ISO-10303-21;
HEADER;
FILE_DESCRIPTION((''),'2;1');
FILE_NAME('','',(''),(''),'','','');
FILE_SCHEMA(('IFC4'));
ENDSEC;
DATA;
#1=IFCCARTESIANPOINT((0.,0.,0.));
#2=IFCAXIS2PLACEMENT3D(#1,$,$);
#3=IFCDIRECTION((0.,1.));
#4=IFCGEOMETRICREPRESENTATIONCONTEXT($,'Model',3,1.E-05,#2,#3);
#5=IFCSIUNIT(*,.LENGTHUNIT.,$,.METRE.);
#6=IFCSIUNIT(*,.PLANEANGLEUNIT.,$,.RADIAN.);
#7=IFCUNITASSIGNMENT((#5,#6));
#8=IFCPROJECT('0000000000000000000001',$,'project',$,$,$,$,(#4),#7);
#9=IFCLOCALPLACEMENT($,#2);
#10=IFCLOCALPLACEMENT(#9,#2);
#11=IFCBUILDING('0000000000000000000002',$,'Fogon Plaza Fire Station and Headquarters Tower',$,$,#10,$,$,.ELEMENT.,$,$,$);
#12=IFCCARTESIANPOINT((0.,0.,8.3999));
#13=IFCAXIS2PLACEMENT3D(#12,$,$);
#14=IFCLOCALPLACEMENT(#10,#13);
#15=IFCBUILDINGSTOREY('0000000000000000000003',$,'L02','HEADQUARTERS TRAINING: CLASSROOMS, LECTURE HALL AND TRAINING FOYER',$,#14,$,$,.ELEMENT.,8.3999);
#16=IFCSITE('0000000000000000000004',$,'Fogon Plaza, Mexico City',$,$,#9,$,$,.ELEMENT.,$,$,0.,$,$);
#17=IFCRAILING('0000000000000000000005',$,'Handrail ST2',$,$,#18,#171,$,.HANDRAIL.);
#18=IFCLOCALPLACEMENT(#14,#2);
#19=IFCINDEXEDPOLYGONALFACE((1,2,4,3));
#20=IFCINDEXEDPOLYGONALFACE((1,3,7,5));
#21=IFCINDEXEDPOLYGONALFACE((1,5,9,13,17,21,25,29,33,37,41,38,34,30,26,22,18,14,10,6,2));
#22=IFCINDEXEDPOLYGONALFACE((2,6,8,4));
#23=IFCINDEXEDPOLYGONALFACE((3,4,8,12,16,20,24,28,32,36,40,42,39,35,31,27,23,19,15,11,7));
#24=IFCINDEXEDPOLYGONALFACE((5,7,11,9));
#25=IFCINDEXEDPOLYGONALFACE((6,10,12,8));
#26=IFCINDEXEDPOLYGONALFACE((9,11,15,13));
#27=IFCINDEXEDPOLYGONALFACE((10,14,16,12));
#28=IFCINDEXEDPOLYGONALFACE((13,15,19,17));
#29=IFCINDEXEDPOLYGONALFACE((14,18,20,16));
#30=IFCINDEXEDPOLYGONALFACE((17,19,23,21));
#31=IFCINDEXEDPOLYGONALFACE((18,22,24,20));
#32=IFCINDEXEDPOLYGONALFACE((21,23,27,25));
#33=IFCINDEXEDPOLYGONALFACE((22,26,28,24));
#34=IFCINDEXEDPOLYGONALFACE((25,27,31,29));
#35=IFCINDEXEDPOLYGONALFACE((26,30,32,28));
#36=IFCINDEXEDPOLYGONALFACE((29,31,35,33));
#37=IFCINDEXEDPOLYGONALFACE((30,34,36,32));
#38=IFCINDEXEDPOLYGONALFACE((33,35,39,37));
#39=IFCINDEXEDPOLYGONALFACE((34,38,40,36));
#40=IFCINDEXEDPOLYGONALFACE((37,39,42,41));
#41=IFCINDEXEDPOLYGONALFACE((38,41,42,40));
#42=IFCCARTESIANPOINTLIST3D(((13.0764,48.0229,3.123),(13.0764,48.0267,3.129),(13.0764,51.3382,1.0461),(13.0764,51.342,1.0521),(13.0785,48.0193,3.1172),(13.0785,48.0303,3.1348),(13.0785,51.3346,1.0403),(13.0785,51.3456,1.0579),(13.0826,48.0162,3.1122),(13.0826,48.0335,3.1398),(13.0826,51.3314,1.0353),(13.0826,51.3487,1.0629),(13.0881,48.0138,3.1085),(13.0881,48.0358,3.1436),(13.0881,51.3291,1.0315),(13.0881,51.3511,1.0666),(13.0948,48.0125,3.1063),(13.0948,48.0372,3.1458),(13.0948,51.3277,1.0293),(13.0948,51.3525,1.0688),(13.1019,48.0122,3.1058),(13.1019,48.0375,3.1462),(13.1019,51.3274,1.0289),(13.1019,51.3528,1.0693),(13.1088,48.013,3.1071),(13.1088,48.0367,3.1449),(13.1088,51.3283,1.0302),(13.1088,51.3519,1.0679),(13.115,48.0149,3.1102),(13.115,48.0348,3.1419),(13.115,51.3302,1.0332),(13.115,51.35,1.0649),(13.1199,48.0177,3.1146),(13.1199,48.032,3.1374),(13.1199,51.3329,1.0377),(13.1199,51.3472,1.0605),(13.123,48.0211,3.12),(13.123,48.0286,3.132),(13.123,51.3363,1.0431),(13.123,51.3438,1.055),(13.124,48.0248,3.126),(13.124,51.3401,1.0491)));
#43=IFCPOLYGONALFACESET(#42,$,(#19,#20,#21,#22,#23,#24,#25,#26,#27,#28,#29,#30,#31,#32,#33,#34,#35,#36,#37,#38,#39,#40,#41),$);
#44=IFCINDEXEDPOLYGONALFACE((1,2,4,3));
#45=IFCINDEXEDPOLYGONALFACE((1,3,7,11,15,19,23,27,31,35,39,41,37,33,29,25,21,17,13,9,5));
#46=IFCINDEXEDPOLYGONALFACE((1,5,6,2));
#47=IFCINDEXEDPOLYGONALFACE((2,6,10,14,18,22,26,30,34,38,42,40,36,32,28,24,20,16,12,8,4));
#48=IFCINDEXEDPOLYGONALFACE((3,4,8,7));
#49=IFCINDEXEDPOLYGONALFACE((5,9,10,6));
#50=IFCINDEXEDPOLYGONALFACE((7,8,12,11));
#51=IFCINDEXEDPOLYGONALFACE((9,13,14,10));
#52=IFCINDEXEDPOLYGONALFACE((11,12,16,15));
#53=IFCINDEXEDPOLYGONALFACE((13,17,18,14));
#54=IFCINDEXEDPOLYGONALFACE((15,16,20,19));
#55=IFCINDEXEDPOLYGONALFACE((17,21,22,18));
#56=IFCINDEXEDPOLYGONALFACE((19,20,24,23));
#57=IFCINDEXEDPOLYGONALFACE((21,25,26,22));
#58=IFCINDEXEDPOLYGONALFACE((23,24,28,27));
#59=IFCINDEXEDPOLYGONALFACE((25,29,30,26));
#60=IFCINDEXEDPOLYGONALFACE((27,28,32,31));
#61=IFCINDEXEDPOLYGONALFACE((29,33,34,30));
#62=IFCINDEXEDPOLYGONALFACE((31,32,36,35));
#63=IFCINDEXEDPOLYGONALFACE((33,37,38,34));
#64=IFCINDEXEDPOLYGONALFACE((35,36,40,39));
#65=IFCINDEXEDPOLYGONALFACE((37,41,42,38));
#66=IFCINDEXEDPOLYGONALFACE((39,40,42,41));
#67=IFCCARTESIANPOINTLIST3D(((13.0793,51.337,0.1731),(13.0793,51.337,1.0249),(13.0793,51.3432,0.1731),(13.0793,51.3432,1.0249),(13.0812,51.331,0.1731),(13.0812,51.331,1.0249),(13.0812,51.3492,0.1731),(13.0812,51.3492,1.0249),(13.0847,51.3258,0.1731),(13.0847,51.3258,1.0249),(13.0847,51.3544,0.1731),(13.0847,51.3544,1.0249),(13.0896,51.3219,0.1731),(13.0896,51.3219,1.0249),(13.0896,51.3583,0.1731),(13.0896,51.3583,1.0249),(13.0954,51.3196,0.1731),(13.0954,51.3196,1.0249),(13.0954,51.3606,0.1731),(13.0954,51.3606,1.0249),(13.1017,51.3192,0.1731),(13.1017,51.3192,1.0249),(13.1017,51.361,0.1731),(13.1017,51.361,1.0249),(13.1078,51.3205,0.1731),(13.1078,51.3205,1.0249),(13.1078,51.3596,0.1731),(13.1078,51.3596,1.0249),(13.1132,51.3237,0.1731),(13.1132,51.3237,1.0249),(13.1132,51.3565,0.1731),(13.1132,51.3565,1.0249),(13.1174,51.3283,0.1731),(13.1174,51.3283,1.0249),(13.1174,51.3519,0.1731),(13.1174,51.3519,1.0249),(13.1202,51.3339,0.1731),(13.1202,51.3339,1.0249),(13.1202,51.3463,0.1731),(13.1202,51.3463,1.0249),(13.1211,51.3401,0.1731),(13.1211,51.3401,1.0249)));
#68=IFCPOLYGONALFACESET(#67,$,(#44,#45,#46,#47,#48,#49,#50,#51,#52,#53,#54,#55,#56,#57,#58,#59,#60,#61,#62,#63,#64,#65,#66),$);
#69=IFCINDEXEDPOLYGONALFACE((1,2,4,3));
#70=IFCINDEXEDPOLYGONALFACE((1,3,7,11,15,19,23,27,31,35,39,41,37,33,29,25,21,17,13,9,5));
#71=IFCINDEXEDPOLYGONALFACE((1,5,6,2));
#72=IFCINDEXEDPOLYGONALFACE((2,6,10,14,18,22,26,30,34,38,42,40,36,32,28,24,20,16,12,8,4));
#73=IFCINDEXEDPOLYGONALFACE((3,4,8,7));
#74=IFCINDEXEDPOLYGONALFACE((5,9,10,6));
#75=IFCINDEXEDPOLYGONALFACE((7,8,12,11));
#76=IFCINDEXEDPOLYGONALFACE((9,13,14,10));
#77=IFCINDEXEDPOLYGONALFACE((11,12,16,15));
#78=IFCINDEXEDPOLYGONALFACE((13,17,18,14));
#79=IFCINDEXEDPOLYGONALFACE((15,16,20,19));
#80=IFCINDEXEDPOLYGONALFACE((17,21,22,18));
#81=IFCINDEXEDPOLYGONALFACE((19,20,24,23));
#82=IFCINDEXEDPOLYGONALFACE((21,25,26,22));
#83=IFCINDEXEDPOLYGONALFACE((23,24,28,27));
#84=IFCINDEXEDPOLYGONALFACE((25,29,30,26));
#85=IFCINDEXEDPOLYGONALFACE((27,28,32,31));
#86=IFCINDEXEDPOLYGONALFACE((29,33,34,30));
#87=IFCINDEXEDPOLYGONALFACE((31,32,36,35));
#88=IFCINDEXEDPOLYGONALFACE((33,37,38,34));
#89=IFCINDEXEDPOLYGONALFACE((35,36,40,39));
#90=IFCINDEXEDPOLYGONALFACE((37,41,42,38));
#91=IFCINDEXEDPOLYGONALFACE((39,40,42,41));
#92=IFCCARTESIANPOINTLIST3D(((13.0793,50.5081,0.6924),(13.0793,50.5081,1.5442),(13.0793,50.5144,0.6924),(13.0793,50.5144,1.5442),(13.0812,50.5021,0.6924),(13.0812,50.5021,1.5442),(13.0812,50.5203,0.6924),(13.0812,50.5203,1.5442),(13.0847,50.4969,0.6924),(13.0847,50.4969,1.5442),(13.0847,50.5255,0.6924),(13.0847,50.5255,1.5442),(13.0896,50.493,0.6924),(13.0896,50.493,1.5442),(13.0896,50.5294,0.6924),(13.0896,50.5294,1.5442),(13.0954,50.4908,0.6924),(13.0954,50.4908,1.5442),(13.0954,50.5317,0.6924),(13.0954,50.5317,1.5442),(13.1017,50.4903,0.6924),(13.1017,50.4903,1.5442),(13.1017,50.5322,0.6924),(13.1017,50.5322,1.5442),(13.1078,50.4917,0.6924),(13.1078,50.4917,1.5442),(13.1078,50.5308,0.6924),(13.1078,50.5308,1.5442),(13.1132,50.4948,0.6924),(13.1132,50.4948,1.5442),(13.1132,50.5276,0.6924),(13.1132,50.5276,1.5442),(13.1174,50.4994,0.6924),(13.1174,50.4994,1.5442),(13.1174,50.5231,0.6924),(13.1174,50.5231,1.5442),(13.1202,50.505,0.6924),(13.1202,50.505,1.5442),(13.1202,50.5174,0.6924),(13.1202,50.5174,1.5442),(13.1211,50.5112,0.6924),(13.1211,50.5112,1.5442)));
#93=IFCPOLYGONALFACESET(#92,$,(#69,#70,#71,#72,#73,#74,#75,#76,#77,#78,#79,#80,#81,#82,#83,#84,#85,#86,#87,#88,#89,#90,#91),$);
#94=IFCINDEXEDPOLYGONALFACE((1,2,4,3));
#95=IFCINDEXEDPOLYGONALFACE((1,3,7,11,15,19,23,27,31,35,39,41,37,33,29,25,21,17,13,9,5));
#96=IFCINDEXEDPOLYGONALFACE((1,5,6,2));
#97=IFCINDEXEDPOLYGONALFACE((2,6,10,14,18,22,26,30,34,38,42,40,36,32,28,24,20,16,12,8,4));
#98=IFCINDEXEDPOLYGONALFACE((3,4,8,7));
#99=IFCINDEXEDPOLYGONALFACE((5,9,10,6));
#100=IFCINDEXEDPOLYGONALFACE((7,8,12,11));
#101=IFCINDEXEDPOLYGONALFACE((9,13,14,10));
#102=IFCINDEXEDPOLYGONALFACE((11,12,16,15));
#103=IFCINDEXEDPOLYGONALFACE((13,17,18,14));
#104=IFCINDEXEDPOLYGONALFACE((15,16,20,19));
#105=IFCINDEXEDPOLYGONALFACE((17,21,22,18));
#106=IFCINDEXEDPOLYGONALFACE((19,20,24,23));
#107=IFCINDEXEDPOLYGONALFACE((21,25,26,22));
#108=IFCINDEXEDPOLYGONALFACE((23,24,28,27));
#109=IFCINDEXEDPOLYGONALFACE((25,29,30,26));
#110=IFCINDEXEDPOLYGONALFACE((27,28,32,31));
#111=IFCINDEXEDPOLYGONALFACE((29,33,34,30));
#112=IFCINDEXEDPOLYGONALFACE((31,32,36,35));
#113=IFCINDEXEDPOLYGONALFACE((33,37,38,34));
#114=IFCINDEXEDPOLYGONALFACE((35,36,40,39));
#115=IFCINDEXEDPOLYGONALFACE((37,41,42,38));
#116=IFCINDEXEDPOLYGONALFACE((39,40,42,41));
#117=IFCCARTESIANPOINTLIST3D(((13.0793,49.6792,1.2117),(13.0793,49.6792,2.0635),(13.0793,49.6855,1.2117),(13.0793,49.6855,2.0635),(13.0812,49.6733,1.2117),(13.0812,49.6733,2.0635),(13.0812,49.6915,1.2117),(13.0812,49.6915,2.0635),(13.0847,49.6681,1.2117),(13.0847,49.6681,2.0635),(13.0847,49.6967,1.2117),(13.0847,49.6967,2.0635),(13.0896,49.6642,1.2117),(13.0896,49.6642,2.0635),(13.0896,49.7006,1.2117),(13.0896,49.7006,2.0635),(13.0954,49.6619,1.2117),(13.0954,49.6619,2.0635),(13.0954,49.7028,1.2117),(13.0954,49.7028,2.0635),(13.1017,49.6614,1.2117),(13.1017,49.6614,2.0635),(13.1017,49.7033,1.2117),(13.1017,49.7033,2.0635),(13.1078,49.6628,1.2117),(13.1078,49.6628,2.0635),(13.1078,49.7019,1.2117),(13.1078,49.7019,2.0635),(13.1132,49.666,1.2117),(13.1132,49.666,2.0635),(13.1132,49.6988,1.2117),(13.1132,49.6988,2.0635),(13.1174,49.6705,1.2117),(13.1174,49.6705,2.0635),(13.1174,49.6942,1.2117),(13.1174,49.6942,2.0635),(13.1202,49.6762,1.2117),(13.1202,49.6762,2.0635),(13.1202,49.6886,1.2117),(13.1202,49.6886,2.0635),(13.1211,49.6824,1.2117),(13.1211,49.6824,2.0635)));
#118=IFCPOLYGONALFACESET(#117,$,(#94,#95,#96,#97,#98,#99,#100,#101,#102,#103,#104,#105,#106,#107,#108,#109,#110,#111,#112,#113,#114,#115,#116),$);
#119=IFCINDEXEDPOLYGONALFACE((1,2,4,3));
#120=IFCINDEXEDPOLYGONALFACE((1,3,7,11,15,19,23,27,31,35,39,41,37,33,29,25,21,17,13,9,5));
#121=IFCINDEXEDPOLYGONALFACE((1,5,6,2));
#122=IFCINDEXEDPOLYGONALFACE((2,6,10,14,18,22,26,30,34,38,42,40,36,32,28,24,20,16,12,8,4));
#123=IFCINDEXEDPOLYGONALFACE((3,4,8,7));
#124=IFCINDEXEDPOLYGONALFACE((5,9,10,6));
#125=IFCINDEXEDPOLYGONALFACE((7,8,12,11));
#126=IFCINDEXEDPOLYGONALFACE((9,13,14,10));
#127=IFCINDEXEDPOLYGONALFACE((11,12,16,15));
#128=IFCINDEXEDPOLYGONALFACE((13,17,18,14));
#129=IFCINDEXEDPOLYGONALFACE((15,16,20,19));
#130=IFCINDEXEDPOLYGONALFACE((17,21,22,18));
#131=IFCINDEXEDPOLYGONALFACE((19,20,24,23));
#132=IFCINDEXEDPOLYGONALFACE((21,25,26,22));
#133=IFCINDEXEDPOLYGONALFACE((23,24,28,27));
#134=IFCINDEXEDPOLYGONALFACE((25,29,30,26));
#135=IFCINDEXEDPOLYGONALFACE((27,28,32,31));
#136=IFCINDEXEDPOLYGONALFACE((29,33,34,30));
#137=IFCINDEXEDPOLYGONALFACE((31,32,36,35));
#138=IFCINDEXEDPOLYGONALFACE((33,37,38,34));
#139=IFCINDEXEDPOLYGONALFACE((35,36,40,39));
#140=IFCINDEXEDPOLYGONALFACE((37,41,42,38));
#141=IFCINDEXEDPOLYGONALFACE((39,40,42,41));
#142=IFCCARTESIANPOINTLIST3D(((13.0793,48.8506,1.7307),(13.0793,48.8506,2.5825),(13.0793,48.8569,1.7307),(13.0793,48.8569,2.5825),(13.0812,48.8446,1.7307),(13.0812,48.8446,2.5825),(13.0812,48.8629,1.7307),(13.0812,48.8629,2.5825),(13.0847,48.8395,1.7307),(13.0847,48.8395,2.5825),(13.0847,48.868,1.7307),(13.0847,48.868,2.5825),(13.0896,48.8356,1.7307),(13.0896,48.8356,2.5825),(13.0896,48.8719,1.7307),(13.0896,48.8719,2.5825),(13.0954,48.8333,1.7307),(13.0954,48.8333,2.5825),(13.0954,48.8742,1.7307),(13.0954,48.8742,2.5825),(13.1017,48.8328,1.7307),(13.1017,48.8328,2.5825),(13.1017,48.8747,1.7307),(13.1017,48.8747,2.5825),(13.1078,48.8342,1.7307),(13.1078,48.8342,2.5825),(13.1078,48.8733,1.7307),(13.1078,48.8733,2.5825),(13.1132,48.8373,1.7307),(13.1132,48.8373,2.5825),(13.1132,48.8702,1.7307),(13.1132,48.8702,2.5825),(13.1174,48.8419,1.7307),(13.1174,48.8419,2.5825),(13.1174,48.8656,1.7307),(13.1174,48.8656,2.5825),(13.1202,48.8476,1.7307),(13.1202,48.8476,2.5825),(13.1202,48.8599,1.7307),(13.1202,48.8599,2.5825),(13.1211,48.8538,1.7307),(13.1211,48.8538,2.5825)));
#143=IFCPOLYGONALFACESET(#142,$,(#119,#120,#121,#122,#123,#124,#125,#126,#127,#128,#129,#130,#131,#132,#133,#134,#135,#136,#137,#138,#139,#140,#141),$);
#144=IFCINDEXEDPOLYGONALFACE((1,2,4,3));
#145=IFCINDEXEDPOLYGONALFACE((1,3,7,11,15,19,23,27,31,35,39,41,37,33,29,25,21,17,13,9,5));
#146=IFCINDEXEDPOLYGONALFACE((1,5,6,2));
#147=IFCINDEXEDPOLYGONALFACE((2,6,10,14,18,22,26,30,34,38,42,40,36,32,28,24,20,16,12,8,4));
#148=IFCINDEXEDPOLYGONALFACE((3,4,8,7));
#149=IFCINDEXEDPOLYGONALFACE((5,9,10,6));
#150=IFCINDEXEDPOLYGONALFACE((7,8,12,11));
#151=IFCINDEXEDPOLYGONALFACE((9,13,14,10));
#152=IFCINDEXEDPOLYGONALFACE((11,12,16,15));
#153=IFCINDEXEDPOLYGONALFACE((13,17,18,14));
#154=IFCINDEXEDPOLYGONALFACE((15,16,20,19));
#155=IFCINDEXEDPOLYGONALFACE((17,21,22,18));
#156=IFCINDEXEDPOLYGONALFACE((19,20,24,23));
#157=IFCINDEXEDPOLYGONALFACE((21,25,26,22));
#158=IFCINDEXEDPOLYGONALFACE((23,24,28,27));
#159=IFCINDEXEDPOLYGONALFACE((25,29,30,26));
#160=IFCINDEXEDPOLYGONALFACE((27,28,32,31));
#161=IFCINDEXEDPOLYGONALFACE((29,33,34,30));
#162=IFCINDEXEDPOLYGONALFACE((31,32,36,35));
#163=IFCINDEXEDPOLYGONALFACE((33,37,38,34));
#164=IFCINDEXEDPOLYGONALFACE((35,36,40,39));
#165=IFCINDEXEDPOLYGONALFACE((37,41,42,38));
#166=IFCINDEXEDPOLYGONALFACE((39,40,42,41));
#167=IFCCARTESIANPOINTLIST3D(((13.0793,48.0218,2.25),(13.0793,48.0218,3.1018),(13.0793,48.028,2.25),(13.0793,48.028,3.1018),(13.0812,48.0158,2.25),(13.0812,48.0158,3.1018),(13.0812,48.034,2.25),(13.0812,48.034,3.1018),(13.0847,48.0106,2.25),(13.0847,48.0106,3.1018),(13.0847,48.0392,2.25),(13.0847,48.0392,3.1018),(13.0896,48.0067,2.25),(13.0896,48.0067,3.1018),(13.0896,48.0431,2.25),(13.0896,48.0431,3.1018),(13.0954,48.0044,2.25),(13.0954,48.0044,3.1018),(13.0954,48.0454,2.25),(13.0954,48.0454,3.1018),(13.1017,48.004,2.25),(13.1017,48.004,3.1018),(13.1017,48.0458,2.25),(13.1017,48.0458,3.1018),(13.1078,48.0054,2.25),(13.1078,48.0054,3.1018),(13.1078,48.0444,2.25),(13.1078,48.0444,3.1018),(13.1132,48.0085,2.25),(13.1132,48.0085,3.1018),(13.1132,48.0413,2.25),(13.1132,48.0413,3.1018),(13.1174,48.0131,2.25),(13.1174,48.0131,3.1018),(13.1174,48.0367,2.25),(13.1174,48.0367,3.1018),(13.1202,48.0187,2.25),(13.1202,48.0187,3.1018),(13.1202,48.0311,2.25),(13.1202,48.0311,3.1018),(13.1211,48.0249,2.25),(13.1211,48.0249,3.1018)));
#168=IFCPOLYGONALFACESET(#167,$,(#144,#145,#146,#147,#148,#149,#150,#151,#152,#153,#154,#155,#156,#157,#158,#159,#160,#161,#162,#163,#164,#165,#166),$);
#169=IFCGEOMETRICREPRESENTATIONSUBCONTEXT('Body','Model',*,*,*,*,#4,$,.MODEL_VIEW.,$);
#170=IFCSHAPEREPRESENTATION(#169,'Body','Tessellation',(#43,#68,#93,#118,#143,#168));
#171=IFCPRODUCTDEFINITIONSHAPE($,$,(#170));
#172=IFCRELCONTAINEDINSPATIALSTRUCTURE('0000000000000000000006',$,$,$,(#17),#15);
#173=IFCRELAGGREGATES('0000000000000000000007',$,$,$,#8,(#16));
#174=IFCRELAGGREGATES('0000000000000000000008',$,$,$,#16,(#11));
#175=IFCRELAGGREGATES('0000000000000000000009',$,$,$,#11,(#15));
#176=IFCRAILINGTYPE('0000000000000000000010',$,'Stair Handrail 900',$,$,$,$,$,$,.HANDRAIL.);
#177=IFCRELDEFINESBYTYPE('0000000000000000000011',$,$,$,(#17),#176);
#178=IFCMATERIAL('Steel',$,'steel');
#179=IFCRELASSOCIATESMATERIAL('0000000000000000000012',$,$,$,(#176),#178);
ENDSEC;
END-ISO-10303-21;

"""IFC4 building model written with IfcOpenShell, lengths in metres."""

from ifc_helpers import new_model, si_unit, direction, frame, origin, origin_2d, place, context, subcontext, project, spatial, circle, extrude, material, type_object, element, save


model = new_model("IFC4")

# Units and contexts
model_context = context("Model", 3, precision=1e-05, world=origin(), true_north=direction((0.0, 1.0)))
body_context = subcontext(model_context, "Body", "Model", "MODEL_VIEW")
ifc_project = project(units=[si_unit("LENGTHUNIT", "METRE"), si_unit("PLANEANGLEUNIT", "RADIAN")], contexts=[model_context])

# Site, building, storey
site_placement = place(None, origin())
site = spatial("IfcSite", under=ifc_project, at=site_placement, Name="Fogon Plaza, Mexico City", CompositionType="ELEMENT", RefElevation=0.0)
building_placement = place(site_placement, origin())
building = spatial("IfcBuilding", under=site, at=building_placement, Name="Fogon Plaza Fire Station and Headquarters Tower", CompositionType="ELEMENT")
storey_placement = place(building_placement, frame((0.0, 0.0, 8.3999)))
storey = spatial("IfcBuildingStorey", under=building, at=storey_placement, Name="L02", Description="HEADQUARTERS TRAINING: CLASSROOMS, LECTURE HALL AND TRAINING FOYER", CompositionType="ELEMENT", Elevation=8.3999)

# Railing
ifc_material_1 = material(Name="Steel", Category="steel")
railing_type = type_object("IfcRailingType", Name="Stair Handrail 900", PredefinedType="HANDRAIL", material=ifc_material_1)
for number, where, name in (
    (1, (13.1001, 51.3401, 0.1731), "Handrail ST2"),
):
    element("IfcRailing", number, at=place(storey_placement, frame(where)), inside=storey, type_object=railing_type, Name=name, PredefinedType="HANDRAIL", context=body_context, shape_type="SweptSolid", body=[
        extrude(circle(Radius=0.0239, at=origin_2d()), frame((0.0, 0.0, 0.876), z_axis=(0.0, -0.847433, 0.530902), x_axis=(1.0, 0.0, 0.0)), (0.0, 0.0, 1.0), 3.9121),
        extrude(circle(Radius=0.021, at=origin_2d()), origin(), (0.0, 0.0, 1.0), 0.8518),
        extrude(circle(Radius=0.021, at=origin_2d()), frame((0.0, -0.8289, 0.5193)), (0.0, 0.0, 1.0), 0.8518),
        extrude(circle(Radius=0.021, at=origin_2d()), frame((0.0, -1.6577, 1.0386)), (0.0, 0.0, 1.0), 0.8518),
        extrude(circle(Radius=0.021, at=origin_2d()), frame((0.0, -2.4863, 1.5576)), (0.0, 0.0, 1.0), 0.8518),
        extrude(circle(Radius=0.021, at=origin_2d()), frame((0.0, -3.3152, 2.0769)), (0.0, 0.0, 1.0), 0.8518),
    ])

save(model, "model.ifc")
